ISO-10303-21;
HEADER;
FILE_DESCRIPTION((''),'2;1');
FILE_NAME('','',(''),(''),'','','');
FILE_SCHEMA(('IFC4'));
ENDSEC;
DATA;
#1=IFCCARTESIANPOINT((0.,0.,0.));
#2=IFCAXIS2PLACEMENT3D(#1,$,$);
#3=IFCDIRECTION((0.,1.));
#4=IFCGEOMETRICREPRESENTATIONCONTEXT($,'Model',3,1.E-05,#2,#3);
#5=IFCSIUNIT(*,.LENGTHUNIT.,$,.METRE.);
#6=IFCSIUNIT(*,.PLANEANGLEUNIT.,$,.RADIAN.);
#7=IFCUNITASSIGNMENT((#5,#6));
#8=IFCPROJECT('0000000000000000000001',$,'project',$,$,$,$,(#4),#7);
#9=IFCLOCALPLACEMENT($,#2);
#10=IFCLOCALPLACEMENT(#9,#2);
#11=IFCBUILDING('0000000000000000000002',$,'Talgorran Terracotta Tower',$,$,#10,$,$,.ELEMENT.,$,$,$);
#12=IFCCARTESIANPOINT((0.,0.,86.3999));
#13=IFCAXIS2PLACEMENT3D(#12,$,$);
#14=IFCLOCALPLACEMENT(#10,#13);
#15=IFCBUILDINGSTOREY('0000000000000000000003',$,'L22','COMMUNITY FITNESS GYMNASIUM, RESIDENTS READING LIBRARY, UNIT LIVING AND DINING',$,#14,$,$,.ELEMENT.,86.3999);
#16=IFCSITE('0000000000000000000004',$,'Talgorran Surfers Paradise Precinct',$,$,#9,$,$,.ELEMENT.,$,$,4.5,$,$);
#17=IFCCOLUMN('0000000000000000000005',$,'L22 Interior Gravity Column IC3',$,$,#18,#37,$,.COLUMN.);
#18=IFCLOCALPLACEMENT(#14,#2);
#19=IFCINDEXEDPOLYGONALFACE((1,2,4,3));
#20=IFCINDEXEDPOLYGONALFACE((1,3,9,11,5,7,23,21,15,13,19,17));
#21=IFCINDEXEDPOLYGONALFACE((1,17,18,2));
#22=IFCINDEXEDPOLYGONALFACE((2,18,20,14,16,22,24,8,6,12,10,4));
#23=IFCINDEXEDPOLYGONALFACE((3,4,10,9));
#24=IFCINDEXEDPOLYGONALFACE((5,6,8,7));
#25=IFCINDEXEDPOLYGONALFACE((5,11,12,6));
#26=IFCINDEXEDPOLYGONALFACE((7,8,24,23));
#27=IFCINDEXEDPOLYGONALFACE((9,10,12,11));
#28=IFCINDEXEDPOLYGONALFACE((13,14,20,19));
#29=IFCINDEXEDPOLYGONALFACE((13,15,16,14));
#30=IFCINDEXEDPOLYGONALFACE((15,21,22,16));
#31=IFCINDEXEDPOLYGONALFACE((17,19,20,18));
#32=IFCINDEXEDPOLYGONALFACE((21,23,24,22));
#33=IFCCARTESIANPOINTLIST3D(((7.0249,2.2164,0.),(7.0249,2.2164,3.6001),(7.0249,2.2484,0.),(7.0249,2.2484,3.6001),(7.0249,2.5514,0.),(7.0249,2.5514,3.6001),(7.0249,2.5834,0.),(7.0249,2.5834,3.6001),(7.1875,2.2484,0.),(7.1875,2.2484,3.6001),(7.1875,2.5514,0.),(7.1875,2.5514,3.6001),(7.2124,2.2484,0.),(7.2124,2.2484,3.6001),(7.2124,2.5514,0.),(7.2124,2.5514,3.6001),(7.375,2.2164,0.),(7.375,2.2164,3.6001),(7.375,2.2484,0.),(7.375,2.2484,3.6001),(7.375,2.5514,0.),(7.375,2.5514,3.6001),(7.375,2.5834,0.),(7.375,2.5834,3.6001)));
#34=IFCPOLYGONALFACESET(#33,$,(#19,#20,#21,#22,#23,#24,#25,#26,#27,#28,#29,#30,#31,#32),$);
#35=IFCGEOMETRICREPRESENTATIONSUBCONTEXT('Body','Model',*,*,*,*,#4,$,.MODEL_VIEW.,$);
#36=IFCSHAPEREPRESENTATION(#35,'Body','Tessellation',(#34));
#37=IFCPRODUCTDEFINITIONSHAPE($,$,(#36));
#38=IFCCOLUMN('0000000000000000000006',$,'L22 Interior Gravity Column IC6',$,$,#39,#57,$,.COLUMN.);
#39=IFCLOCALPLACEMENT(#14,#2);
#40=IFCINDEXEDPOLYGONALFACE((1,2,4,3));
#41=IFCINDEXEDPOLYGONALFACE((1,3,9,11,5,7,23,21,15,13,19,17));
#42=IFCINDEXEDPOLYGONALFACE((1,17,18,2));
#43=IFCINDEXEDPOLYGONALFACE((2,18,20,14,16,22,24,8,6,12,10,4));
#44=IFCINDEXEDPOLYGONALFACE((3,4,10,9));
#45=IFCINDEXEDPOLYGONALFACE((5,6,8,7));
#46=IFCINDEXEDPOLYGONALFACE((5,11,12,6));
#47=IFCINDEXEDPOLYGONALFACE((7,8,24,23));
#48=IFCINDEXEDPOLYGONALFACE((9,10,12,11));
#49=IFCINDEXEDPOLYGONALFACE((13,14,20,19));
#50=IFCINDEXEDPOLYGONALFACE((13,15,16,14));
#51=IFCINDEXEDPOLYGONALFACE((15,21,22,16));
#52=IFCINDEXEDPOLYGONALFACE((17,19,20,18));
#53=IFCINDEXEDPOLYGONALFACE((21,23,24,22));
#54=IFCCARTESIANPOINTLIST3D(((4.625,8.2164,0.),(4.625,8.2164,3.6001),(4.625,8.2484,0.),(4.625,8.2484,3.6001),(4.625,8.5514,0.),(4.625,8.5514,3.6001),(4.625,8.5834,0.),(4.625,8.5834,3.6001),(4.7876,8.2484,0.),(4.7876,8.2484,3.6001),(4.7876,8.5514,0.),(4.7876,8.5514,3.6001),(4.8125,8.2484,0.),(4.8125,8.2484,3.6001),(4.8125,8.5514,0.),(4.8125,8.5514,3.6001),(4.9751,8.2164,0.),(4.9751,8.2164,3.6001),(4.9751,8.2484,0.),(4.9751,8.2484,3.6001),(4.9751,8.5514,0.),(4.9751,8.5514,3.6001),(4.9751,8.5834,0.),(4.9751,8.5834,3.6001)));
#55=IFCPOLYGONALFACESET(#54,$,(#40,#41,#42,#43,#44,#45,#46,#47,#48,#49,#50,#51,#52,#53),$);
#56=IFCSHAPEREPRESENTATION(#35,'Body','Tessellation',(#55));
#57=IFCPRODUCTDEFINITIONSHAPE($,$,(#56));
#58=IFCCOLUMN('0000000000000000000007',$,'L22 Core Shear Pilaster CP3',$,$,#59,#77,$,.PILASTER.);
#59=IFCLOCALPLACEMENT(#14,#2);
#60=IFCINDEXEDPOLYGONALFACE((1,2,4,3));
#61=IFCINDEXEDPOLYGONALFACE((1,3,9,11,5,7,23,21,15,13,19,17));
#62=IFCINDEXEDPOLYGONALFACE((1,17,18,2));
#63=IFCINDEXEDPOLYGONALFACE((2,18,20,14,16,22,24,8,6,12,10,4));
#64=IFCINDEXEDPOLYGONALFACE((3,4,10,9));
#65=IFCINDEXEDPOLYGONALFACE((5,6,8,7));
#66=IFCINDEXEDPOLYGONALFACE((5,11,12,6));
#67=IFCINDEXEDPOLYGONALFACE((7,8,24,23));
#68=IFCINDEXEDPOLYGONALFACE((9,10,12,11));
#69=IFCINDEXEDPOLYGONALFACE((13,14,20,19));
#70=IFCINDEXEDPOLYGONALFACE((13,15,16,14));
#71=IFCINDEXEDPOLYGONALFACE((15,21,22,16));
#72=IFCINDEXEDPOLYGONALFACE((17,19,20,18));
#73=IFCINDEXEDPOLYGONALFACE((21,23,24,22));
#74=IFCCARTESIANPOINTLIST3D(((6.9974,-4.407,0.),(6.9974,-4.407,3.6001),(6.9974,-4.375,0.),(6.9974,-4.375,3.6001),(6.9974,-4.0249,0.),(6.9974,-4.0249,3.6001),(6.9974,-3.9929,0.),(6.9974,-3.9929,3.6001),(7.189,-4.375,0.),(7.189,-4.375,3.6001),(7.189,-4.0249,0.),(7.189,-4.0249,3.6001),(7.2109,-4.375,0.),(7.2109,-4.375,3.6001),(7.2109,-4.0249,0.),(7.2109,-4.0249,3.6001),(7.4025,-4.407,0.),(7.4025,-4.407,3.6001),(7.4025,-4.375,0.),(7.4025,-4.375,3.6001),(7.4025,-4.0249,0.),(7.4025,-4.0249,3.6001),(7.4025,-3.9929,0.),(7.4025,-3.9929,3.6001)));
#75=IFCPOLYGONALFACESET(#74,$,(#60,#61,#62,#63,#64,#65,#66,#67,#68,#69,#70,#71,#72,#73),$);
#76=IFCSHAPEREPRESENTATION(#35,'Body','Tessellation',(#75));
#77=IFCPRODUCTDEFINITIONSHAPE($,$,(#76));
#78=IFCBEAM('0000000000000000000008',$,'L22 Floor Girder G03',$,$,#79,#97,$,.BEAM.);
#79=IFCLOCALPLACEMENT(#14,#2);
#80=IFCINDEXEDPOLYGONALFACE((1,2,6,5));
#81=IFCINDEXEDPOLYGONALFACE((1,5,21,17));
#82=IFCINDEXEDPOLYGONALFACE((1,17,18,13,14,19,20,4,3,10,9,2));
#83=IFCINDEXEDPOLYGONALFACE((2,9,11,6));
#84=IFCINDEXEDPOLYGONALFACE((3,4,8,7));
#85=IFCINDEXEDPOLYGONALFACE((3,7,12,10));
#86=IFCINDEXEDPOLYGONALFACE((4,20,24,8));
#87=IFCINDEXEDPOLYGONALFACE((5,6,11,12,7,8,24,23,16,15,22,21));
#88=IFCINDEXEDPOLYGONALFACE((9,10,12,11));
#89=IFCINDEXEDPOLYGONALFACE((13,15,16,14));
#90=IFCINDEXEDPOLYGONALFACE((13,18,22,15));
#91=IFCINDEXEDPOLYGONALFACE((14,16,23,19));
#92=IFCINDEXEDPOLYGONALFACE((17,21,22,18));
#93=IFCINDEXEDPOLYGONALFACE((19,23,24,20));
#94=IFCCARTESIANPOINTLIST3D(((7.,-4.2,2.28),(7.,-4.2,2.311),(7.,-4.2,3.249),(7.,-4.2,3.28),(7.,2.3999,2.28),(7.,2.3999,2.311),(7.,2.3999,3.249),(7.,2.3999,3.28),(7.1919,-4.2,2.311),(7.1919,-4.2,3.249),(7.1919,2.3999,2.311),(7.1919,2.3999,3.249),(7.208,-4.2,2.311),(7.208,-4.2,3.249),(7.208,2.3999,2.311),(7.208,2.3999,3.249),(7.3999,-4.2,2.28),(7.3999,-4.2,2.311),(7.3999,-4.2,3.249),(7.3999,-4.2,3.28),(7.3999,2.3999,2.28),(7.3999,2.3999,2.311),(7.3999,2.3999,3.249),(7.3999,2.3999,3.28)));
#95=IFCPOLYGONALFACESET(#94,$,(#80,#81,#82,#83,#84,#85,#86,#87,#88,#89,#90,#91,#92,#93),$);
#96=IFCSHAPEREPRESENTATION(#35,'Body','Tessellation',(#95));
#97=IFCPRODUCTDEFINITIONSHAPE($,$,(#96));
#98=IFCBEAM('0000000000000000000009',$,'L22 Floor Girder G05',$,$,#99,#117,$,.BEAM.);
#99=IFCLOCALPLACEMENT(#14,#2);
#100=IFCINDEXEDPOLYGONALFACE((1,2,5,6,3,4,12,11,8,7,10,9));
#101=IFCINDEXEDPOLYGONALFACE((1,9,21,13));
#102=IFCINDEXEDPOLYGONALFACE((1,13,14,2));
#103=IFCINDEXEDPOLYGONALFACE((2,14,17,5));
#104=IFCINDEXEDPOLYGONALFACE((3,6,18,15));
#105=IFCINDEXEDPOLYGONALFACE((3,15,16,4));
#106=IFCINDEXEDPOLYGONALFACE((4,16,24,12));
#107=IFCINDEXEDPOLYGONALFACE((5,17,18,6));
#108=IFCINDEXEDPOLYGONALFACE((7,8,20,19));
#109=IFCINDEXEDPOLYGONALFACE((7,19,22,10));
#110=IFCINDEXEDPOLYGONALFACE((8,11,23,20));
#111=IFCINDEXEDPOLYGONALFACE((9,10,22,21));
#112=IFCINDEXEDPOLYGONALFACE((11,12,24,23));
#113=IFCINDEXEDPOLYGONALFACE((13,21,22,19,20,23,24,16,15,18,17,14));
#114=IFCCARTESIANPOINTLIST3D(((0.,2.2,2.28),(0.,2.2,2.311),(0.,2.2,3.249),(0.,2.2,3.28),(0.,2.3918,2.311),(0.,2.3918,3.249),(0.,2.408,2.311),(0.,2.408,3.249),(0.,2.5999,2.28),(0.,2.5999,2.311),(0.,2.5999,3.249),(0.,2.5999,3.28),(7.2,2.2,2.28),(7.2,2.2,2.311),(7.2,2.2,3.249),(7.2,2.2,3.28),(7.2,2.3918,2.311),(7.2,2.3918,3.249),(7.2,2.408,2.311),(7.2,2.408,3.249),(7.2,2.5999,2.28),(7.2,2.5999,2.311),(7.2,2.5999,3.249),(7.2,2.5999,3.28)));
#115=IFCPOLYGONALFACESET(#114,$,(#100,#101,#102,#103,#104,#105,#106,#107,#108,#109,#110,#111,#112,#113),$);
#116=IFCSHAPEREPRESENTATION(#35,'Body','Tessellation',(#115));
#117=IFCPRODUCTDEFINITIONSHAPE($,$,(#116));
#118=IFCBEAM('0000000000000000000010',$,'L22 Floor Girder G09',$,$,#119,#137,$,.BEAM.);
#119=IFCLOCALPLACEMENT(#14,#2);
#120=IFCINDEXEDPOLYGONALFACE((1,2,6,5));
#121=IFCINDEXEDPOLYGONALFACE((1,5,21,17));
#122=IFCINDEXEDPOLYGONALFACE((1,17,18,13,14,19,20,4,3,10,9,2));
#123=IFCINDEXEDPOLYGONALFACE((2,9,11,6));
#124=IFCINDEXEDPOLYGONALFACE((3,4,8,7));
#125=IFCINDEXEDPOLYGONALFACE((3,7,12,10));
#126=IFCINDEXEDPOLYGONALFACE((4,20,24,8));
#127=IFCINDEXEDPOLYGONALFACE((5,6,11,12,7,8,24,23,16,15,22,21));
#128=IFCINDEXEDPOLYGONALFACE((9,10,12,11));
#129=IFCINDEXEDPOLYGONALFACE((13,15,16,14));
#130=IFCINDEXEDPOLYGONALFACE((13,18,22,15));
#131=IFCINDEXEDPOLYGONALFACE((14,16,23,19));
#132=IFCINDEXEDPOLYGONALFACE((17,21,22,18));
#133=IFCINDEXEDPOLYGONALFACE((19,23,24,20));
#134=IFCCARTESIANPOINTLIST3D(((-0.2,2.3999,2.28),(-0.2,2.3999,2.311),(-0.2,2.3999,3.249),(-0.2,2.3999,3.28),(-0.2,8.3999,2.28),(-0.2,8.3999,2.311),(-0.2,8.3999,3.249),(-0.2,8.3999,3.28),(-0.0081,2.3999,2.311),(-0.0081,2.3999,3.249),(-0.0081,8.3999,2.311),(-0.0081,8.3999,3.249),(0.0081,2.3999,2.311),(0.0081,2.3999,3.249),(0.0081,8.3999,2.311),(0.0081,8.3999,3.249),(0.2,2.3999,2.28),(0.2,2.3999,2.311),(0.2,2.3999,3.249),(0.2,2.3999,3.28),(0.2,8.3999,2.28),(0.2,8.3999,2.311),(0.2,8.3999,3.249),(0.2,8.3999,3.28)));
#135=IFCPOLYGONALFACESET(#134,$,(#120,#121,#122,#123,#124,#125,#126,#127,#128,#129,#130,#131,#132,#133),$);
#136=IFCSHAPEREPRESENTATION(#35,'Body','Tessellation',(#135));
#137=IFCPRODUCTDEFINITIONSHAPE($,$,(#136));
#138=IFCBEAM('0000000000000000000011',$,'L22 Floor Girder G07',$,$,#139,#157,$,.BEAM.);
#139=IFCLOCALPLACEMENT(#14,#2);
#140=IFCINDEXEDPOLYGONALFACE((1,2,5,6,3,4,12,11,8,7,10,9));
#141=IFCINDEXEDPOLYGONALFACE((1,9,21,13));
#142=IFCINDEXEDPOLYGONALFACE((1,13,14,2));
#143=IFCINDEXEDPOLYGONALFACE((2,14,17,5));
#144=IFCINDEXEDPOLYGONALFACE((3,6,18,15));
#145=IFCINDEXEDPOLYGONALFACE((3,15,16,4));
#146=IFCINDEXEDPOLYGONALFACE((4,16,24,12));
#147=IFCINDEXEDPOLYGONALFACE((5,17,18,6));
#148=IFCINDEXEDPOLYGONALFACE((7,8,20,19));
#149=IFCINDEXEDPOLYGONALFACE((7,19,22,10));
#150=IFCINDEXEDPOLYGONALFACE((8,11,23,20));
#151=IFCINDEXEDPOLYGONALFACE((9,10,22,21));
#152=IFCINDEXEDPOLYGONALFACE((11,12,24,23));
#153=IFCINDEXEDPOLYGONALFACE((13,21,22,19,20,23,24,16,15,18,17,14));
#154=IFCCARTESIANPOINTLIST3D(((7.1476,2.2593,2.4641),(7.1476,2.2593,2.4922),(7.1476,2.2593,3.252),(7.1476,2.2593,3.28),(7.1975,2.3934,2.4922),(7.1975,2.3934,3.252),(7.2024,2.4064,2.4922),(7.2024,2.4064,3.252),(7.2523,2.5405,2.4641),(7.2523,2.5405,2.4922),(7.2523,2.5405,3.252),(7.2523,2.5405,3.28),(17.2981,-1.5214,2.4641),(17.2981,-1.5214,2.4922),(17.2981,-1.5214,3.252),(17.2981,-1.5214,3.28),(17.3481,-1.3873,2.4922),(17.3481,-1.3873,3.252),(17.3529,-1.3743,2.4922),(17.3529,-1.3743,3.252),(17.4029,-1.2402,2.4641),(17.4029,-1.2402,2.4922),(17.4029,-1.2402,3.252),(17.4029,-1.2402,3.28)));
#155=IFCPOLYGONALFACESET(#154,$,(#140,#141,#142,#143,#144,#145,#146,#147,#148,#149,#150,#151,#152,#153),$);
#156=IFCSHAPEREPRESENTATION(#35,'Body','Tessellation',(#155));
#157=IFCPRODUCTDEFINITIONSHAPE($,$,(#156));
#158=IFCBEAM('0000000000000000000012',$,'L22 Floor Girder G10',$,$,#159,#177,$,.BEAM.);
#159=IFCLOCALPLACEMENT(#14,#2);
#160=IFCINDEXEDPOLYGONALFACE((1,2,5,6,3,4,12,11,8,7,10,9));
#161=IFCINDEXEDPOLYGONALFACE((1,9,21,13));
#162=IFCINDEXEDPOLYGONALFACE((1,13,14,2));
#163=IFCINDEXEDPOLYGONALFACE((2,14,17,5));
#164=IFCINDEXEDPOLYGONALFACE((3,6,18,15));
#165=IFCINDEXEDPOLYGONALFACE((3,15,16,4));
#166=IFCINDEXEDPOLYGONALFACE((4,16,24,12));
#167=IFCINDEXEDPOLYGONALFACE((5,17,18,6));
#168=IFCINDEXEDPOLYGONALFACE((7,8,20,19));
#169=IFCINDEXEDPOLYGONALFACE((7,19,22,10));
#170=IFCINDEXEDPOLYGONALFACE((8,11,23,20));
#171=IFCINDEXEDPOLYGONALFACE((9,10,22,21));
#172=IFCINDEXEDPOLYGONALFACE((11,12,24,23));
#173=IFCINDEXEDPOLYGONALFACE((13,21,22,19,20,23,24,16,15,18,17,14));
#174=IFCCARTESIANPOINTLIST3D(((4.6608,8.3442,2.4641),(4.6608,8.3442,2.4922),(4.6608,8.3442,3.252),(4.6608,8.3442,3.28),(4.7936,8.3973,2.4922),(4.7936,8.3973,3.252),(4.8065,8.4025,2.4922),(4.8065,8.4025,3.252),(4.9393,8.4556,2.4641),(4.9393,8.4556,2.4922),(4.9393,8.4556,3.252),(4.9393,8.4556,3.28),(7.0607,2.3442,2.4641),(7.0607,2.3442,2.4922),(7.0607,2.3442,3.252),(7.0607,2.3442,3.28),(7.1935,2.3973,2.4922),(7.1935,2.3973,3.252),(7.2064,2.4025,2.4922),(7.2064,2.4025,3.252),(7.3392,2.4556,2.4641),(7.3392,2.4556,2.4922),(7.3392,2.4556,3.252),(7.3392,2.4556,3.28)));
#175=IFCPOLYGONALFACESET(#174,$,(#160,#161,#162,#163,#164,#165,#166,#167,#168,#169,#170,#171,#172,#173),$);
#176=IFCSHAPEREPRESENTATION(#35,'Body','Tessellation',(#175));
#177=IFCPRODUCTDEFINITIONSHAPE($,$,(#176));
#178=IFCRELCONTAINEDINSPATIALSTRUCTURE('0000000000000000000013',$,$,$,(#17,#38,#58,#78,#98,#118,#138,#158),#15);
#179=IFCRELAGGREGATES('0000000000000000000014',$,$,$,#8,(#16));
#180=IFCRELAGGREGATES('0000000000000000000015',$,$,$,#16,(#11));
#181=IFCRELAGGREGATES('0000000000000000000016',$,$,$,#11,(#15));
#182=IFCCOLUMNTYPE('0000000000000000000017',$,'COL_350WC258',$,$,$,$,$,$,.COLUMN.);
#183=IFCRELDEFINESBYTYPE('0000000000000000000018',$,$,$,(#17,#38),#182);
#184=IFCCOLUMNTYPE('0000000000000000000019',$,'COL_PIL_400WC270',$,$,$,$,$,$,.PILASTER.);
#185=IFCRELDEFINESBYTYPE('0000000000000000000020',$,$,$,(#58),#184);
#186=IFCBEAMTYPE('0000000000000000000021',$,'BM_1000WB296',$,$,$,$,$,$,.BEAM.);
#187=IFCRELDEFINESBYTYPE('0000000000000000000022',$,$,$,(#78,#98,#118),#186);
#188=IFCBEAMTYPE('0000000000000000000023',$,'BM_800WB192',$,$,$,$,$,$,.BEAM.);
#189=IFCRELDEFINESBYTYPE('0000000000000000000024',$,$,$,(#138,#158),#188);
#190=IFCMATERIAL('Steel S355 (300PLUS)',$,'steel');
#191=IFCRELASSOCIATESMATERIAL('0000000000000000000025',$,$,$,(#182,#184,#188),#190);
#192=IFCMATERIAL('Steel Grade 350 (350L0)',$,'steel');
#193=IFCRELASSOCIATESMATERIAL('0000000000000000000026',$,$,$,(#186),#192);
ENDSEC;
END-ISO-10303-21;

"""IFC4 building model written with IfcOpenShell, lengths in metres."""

from ifc_helpers import new_model, si_unit, direction, frame, origin, origin_2d, place, context, subcontext, project, spatial, i_section, extrude, material, material_profile, profile_set, type_object, element, save


model = new_model("IFC4")

# Units and contexts
model_context = context("Model", 3, precision=1e-05, world=origin(), true_north=direction((0.0, 1.0)))
body_context = subcontext(model_context, "Body", "Model", "MODEL_VIEW")
ifc_project = project(units=[si_unit("LENGTHUNIT", "METRE"), si_unit("PLANEANGLEUNIT", "RADIAN")], contexts=[model_context])

# Site, building, storey
site_placement = place(None, origin())
site = spatial("IfcSite", under=ifc_project, at=site_placement, Name="Talgorran Surfers Paradise Precinct", CompositionType="ELEMENT", RefElevation=4.5)
building_placement = place(site_placement, origin())
building = spatial("IfcBuilding", under=site, at=building_placement, Name="Talgorran Terracotta Tower", CompositionType="ELEMENT")
storey_placement = place(building_placement, frame((0.0, 0.0, 86.3999)))
storey = spatial("IfcBuildingStorey", under=building, at=storey_placement, Name="L22", Description="COMMUNITY FITNESS GYMNASIUM, RESIDENTS READING LIBRARY, UNIT LIVING AND DINING", CompositionType="ELEMENT", Elevation=86.3999)

# Columns
ifc_material_1 = material(Name="Steel S355 (300PLUS)", Category="steel")
ifc_material_profile_1 = material_profile(ifc_material_1, i_section(OverallWidth=0.3501, OverallDepth=0.3669, WebThickness=0.0249, FlangeThickness=0.032, at=origin_2d()), Name="350WC258")
ifc_profile_set_1 = profile_set([ifc_material_profile_1], Name="Steel S355 (300PLUS)")
column_type_1 = type_object("IfcColumnType", Name="COL_350WC258", PredefinedType="COLUMN", material=ifc_profile_set_1)
for number, where, z_axis, x_axis, name in (
    (1, (7.2, 2.3999, 0.0), (0.0, 0.0, 1.0), (1.0, 0.0, 0.0), "L22 Interior Gravity Column IC3"),
    (2, (4.8, 8.3999, 0.0), (0.0, 0.0, 1.0), (1.0, 0.0, 0.0), "L22 Interior Gravity Column IC6"),
):
    element("IfcColumn", number, at=place(storey_placement, frame(where, z_axis=z_axis, x_axis=x_axis)), inside=storey, type_object=column_type_1, Name=name, PredefinedType="COLUMN", context=body_context, shape_type="SweptSolid", body=[
        extrude(i_section(OverallWidth=0.3501, OverallDepth=0.3669, WebThickness=0.0249, FlangeThickness=0.032, at=origin_2d()), origin(), (0.0, 0.0, 1.0), 3.6001),
    ])
ifc_material_profile_2 = material_profile(ifc_material_1, i_section(OverallWidth=0.405, OverallDepth=0.4141, WebThickness=0.022, FlangeThickness=0.032, at=origin_2d()), Name="400WC270")
ifc_profile_set_2 = profile_set([ifc_material_profile_2], Name="Steel S355 (300PLUS)")
column_type_2 = type_object("IfcColumnType", Name="COL_PIL_400WC270", PredefinedType="PILASTER", material=ifc_profile_set_2)
column_placement = place(storey_placement, frame((7.2, -4.2, 0.0), z_axis=(0.0, 0.0, 1.0), x_axis=(1.0, 0.0, 0.0)))
element("IfcColumn", 3, at=column_placement, inside=storey, type_object=column_type_2, Name="L22 Core Shear Pilaster CP3", PredefinedType="PILASTER", context=body_context, shape_type="SweptSolid", body=[
    extrude(i_section(OverallWidth=0.405, OverallDepth=0.4141, WebThickness=0.022, FlangeThickness=0.032, at=origin_2d()), origin(), (0.0, 0.0, 1.0), 3.6001),
])

# Beams
ifc_material_2 = material(Name="Steel Grade 350 (350L0)", Category="steel")
ifc_material_profile_3 = material_profile(ifc_material_2, i_section(OverallWidth=0.3999, OverallDepth=1.0, WebThickness=0.0161, FlangeThickness=0.031, at=origin_2d()), Name="1000WB296")
ifc_profile_set_3 = profile_set([ifc_material_profile_3], Name="Steel Grade 350 (350L0)")
beam_type_1 = type_object("IfcBeamType", Name="BM_1000WB296", PredefinedType="BEAM", material=ifc_profile_set_3)
beam_1_placement = place(storey_placement, frame((7.2, -4.2, 2.78), z_axis=(0.0, 1.0, 0.0), x_axis=(-1.0, 0.0, 0.0)))
element("IfcBeam", 4, at=beam_1_placement, inside=storey, type_object=beam_type_1, Name="L22 Floor Girder G03", PredefinedType="BEAM", context=body_context, shape_type="SweptSolid", body=[
    extrude(i_section(OverallWidth=0.3999, OverallDepth=1.0, WebThickness=0.0161, FlangeThickness=0.031, at=origin_2d()), origin(), (0.0, 0.0, 1.0), 6.5999),
])
beam_2_placement = place(storey_placement, frame((0.0, 2.3999, 2.78), z_axis=(1.0, 0.0, 0.0), x_axis=(0.0, 1.0, 0.0)))
element("IfcBeam", 5, at=beam_2_placement, inside=storey, type_object=beam_type_1, Name="L22 Floor Girder G05", PredefinedType="BEAM", context=body_context, shape_type="SweptSolid", body=[
    extrude(i_section(OverallWidth=0.3999, OverallDepth=1.0, WebThickness=0.0161, FlangeThickness=0.031, at=origin_2d()), origin(), (0.0, 0.0, 1.0), 7.2),
])
beam_3_placement = place(storey_placement, frame((0.0, 2.3999, 2.78), z_axis=(0.0, 1.0, 0.0), x_axis=(-1.0, 0.0, 0.0)))
element("IfcBeam", 6, at=beam_3_placement, inside=storey, type_object=beam_type_1, Name="L22 Floor Girder G09", PredefinedType="BEAM", context=body_context, shape_type="SweptSolid", body=[
    extrude(i_section(OverallWidth=0.3999, OverallDepth=1.0, WebThickness=0.0161, FlangeThickness=0.031, at=origin_2d()), origin(), (0.0, 0.0, 1.0), 6.0),
])
ifc_material_profile_4 = material_profile(ifc_material_1, i_section(OverallWidth=0.3, OverallDepth=0.8159, WebThickness=0.0139, FlangeThickness=0.0281, at=origin_2d()), Name="800WB192")
ifc_profile_set_4 = profile_set([ifc_material_profile_4], Name="Steel S355 (300PLUS)")
beam_type_2 = type_object("IfcBeamType", Name="BM_800WB192", PredefinedType="BEAM", material=ifc_profile_set_4)
beam_4_placement = place(storey_placement, frame((7.2, 2.3999, 2.8721), z_axis=(0.937108, -0.34904, 0.0), x_axis=(0.34904, 0.937108, 0.0)))
element("IfcBeam", 7, at=beam_4_placement, inside=storey, type_object=beam_type_2, Name="L22 Floor Girder G07", PredefinedType="BEAM", context=body_context, shape_type="SweptSolid", body=[
    extrude(i_section(OverallWidth=0.3, OverallDepth=0.8159, WebThickness=0.0139, FlangeThickness=0.0281, at=origin_2d()), origin(), (0.0, 0.0, 1.0), 10.8318),
])
beam_5_placement = place(storey_placement, frame((7.2, 2.3999, 2.8721), z_axis=(-0.371378, 0.928482, 0.0), x_axis=(-0.928482, -0.371378, 0.0)))
element("IfcBeam", 8, at=beam_5_placement, inside=storey, type_object=beam_type_2, Name="L22 Floor Girder G10", PredefinedType="BEAM", context=body_context, shape_type="SweptSolid", body=[
    extrude(i_section(OverallWidth=0.3, OverallDepth=0.8159, WebThickness=0.0139, FlangeThickness=0.0281, at=origin_2d()), origin(), (0.0, 0.0, 1.0), 6.4622),
])

save(model, "model.ifc")
